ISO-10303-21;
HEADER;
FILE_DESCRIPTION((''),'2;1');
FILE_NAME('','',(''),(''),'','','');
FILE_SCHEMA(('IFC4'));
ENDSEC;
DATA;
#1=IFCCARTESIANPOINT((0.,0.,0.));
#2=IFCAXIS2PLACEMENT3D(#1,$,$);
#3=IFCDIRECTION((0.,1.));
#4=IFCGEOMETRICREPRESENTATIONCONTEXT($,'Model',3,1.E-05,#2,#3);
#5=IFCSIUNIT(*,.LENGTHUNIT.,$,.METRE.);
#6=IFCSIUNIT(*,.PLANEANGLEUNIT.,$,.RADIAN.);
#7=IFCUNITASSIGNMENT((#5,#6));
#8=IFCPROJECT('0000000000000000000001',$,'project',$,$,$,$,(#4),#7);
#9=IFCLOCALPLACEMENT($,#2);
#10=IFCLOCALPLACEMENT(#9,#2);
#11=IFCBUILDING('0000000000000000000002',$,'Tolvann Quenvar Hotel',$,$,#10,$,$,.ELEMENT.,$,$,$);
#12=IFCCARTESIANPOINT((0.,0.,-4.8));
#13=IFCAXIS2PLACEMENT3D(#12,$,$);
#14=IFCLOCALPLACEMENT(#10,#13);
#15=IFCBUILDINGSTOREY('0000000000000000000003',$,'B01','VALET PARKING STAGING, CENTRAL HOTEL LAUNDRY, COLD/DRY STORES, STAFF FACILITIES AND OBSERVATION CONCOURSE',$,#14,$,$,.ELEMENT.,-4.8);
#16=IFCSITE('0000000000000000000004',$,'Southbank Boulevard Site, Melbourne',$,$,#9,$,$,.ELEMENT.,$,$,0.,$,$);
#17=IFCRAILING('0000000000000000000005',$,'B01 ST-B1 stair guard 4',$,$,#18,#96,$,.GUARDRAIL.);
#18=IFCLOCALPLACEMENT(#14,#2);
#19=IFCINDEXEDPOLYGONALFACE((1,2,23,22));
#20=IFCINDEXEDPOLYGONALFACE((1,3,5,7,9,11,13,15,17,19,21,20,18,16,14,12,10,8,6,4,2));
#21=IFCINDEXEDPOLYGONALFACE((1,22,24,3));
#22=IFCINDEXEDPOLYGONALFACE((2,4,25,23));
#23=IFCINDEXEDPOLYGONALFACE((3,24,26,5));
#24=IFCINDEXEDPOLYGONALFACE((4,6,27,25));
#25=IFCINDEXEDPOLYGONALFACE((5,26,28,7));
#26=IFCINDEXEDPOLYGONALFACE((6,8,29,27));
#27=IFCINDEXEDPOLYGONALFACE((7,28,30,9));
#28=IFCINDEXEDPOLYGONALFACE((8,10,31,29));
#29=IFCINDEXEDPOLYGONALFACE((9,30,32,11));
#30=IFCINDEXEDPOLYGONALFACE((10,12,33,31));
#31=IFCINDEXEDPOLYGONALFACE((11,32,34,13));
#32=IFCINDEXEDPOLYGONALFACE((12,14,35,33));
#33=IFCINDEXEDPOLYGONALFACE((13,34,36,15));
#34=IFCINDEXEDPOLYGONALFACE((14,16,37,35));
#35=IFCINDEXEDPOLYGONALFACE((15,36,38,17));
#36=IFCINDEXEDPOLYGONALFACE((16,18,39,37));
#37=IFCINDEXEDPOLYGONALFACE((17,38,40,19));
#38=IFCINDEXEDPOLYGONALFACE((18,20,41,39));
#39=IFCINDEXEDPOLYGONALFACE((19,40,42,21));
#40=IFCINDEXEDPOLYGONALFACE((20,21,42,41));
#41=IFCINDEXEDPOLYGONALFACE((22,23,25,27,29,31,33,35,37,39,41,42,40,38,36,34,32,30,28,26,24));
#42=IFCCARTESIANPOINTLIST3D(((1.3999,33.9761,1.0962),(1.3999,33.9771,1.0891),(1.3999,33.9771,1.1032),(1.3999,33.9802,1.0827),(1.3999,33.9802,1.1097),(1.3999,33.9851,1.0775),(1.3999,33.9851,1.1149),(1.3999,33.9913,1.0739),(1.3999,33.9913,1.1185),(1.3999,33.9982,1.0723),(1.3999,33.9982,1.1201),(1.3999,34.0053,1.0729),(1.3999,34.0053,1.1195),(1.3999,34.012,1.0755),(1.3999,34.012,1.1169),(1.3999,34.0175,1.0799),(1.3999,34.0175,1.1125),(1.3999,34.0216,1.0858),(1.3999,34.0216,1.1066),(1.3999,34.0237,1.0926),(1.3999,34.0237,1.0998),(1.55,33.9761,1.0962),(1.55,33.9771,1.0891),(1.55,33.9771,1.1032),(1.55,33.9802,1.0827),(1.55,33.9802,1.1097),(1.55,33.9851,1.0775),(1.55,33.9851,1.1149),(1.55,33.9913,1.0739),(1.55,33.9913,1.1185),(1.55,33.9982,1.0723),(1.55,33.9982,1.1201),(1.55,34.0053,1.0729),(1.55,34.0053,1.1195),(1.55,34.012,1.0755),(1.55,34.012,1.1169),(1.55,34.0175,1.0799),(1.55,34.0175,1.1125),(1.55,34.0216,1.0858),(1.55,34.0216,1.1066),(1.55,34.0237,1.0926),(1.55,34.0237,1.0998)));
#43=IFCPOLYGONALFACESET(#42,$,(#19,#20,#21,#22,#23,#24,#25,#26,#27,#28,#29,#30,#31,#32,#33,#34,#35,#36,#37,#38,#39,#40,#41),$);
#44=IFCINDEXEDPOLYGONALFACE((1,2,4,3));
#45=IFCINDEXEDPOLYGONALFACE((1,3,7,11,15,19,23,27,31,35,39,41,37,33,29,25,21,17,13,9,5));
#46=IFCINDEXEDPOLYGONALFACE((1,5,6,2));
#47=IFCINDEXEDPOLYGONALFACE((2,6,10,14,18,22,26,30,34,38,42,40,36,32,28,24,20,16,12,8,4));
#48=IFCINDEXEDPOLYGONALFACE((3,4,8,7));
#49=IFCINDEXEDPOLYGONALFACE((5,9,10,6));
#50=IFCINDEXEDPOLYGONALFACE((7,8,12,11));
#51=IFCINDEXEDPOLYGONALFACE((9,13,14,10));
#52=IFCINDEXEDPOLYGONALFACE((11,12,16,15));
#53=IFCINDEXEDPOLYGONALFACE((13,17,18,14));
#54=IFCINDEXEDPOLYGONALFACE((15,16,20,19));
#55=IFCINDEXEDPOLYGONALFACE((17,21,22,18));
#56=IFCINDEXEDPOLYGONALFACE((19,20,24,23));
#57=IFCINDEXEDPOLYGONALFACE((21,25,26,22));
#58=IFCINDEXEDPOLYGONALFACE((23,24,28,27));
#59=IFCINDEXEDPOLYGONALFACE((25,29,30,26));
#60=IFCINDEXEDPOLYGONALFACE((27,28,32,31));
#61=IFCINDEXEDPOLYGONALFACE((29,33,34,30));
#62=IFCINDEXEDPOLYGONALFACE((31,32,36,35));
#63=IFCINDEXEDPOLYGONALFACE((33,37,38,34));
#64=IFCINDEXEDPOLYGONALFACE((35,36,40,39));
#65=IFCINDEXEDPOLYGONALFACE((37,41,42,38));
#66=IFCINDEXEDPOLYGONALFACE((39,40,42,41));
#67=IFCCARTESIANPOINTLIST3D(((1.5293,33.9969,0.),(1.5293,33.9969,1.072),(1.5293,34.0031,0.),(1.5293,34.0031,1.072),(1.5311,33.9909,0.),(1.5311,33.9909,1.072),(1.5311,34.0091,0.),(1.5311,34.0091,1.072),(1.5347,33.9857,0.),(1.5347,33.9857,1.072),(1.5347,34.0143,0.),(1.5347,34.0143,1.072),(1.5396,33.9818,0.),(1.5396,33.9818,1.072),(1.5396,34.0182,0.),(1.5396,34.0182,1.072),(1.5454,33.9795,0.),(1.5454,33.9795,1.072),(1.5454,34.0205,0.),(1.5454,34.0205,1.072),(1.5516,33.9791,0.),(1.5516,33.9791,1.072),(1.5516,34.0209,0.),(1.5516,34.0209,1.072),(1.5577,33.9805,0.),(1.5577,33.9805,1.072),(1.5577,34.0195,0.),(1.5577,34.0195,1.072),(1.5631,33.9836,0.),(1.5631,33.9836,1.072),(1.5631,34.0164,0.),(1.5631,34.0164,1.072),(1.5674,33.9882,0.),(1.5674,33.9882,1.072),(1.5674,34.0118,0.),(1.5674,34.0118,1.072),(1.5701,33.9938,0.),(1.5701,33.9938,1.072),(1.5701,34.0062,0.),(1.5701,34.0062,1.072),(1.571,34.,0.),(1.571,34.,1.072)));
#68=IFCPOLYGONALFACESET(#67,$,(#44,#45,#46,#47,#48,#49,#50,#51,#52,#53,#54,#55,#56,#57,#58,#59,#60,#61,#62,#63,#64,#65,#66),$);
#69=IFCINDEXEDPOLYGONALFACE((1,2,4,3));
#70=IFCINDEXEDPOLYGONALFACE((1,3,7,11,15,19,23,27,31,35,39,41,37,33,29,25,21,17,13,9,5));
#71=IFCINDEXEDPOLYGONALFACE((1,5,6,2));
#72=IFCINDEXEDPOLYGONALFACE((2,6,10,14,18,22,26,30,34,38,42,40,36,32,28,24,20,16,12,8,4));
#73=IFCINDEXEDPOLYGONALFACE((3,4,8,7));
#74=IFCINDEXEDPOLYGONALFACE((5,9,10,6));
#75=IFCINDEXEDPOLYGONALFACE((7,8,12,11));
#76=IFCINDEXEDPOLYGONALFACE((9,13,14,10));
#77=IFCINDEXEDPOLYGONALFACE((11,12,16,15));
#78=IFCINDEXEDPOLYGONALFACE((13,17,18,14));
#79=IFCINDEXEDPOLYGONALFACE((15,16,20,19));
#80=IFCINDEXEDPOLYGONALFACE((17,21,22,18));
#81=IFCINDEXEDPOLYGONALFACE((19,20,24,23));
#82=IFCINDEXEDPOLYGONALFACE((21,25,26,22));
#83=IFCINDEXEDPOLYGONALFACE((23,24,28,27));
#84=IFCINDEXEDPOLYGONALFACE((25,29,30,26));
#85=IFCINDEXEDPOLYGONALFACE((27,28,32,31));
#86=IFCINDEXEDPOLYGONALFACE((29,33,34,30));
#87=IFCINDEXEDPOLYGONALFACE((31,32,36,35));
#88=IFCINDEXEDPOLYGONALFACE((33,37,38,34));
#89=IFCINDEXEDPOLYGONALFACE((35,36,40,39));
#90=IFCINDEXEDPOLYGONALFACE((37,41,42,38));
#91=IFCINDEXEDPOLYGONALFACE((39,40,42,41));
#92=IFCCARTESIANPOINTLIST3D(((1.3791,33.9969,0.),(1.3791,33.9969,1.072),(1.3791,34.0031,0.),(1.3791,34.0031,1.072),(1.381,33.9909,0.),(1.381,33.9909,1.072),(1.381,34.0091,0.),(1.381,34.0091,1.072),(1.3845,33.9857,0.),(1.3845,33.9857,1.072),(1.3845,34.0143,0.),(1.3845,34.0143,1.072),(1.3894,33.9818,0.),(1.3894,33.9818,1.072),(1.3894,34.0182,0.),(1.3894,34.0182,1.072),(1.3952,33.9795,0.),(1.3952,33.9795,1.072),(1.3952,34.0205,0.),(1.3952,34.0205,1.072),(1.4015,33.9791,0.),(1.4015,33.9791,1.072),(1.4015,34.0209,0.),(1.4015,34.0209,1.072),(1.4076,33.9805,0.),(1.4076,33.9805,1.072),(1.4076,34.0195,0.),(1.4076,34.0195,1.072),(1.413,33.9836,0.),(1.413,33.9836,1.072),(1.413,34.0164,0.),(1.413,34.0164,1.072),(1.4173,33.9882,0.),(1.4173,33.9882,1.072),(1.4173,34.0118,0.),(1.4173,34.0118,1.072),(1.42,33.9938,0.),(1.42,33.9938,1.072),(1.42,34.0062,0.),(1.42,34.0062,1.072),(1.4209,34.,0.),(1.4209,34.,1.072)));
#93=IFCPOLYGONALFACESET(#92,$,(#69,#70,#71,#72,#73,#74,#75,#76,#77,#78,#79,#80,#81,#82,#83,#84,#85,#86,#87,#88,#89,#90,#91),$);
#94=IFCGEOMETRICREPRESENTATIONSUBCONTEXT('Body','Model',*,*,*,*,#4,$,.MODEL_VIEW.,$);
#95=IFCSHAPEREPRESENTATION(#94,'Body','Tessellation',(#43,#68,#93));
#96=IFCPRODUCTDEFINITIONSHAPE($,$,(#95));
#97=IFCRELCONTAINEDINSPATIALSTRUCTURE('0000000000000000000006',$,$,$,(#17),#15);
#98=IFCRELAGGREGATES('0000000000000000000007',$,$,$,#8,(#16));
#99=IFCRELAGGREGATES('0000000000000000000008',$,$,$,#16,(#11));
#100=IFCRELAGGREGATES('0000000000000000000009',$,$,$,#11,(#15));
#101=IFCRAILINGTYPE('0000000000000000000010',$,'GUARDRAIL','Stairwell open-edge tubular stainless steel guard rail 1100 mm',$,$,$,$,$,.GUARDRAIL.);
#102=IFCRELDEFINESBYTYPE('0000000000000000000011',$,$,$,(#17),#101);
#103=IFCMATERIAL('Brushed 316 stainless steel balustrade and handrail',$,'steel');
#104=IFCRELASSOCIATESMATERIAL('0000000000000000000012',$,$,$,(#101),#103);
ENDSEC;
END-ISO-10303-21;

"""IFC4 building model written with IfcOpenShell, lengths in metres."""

from ifc_helpers import new_model, si_unit, direction, frame, origin, origin_2d, place, context, subcontext, project, spatial, circle, extrude, material, type_object, element, save


model = new_model("IFC4")

# Units and contexts
model_context = context("Model", 3, precision=1e-05, world=origin(), true_north=direction((0.0, 1.0)))
body_context = subcontext(model_context, "Body", "Model", "MODEL_VIEW")
ifc_project = project(units=[si_unit("LENGTHUNIT", "METRE"), si_unit("PLANEANGLEUNIT", "RADIAN")], contexts=[model_context])

# Site, building, storey
site_placement = place(None, origin())
site = spatial("IfcSite", under=ifc_project, at=site_placement, Name="Southbank Boulevard Site, Melbourne", CompositionType="ELEMENT", RefElevation=0.0)
building_placement = place(site_placement, origin())
building = spatial("IfcBuilding", under=site, at=building_placement, Name="Tolvann Quenvar Hotel", CompositionType="ELEMENT")
storey_placement = place(building_placement, frame((0.0, 0.0, -4.8)))
storey = spatial("IfcBuildingStorey", under=building, at=storey_placement, Name="B01", Description="VALET PARKING STAGING, CENTRAL HOTEL LAUNDRY, COLD/DRY STORES, STAFF FACILITIES AND OBSERVATION CONCOURSE", CompositionType="ELEMENT", Elevation=-4.8)

# Railing
ifc_material_1 = material(Name="Brushed 316 stainless steel balustrade and handrail", Category="steel")
railing_type_1 = type_object("IfcRailingType", Name="GUARDRAIL", Description="Stairwell open-edge tubular stainless steel guard rail 1100 mm", PredefinedType="GUARDRAIL", material=ifc_material_1)
railing_1_placement = place(storey_placement, frame((1.55, 34.0, 0.0)))
element("IfcRailing", 1, at=railing_1_placement, inside=storey, type_object=railing_type_1, Name="B01 ST-B1 stair guard 4", PredefinedType="GUARDRAIL", context=body_context, shape_type="SweptSolid", body=[
    extrude(circle(Radius=0.0239, at=origin_2d()), frame((0.0, 0.0, 1.0962), z_axis=(-1.0, 0.0, 0.0), x_axis=(0.0, -1.0, 0.0)), (0.0, 0.0, 1.0), 0.1501),
    extrude(circle(Radius=0.021, at=origin_2d()), origin(), (0.0, 0.0, 1.0), 1.072),
    extrude(circle(Radius=0.021, at=origin_2d()), frame((-0.1501, 0.0, 0.0)), (0.0, 0.0, 1.0), 1.072),
])

save(model, "model.ifc")
